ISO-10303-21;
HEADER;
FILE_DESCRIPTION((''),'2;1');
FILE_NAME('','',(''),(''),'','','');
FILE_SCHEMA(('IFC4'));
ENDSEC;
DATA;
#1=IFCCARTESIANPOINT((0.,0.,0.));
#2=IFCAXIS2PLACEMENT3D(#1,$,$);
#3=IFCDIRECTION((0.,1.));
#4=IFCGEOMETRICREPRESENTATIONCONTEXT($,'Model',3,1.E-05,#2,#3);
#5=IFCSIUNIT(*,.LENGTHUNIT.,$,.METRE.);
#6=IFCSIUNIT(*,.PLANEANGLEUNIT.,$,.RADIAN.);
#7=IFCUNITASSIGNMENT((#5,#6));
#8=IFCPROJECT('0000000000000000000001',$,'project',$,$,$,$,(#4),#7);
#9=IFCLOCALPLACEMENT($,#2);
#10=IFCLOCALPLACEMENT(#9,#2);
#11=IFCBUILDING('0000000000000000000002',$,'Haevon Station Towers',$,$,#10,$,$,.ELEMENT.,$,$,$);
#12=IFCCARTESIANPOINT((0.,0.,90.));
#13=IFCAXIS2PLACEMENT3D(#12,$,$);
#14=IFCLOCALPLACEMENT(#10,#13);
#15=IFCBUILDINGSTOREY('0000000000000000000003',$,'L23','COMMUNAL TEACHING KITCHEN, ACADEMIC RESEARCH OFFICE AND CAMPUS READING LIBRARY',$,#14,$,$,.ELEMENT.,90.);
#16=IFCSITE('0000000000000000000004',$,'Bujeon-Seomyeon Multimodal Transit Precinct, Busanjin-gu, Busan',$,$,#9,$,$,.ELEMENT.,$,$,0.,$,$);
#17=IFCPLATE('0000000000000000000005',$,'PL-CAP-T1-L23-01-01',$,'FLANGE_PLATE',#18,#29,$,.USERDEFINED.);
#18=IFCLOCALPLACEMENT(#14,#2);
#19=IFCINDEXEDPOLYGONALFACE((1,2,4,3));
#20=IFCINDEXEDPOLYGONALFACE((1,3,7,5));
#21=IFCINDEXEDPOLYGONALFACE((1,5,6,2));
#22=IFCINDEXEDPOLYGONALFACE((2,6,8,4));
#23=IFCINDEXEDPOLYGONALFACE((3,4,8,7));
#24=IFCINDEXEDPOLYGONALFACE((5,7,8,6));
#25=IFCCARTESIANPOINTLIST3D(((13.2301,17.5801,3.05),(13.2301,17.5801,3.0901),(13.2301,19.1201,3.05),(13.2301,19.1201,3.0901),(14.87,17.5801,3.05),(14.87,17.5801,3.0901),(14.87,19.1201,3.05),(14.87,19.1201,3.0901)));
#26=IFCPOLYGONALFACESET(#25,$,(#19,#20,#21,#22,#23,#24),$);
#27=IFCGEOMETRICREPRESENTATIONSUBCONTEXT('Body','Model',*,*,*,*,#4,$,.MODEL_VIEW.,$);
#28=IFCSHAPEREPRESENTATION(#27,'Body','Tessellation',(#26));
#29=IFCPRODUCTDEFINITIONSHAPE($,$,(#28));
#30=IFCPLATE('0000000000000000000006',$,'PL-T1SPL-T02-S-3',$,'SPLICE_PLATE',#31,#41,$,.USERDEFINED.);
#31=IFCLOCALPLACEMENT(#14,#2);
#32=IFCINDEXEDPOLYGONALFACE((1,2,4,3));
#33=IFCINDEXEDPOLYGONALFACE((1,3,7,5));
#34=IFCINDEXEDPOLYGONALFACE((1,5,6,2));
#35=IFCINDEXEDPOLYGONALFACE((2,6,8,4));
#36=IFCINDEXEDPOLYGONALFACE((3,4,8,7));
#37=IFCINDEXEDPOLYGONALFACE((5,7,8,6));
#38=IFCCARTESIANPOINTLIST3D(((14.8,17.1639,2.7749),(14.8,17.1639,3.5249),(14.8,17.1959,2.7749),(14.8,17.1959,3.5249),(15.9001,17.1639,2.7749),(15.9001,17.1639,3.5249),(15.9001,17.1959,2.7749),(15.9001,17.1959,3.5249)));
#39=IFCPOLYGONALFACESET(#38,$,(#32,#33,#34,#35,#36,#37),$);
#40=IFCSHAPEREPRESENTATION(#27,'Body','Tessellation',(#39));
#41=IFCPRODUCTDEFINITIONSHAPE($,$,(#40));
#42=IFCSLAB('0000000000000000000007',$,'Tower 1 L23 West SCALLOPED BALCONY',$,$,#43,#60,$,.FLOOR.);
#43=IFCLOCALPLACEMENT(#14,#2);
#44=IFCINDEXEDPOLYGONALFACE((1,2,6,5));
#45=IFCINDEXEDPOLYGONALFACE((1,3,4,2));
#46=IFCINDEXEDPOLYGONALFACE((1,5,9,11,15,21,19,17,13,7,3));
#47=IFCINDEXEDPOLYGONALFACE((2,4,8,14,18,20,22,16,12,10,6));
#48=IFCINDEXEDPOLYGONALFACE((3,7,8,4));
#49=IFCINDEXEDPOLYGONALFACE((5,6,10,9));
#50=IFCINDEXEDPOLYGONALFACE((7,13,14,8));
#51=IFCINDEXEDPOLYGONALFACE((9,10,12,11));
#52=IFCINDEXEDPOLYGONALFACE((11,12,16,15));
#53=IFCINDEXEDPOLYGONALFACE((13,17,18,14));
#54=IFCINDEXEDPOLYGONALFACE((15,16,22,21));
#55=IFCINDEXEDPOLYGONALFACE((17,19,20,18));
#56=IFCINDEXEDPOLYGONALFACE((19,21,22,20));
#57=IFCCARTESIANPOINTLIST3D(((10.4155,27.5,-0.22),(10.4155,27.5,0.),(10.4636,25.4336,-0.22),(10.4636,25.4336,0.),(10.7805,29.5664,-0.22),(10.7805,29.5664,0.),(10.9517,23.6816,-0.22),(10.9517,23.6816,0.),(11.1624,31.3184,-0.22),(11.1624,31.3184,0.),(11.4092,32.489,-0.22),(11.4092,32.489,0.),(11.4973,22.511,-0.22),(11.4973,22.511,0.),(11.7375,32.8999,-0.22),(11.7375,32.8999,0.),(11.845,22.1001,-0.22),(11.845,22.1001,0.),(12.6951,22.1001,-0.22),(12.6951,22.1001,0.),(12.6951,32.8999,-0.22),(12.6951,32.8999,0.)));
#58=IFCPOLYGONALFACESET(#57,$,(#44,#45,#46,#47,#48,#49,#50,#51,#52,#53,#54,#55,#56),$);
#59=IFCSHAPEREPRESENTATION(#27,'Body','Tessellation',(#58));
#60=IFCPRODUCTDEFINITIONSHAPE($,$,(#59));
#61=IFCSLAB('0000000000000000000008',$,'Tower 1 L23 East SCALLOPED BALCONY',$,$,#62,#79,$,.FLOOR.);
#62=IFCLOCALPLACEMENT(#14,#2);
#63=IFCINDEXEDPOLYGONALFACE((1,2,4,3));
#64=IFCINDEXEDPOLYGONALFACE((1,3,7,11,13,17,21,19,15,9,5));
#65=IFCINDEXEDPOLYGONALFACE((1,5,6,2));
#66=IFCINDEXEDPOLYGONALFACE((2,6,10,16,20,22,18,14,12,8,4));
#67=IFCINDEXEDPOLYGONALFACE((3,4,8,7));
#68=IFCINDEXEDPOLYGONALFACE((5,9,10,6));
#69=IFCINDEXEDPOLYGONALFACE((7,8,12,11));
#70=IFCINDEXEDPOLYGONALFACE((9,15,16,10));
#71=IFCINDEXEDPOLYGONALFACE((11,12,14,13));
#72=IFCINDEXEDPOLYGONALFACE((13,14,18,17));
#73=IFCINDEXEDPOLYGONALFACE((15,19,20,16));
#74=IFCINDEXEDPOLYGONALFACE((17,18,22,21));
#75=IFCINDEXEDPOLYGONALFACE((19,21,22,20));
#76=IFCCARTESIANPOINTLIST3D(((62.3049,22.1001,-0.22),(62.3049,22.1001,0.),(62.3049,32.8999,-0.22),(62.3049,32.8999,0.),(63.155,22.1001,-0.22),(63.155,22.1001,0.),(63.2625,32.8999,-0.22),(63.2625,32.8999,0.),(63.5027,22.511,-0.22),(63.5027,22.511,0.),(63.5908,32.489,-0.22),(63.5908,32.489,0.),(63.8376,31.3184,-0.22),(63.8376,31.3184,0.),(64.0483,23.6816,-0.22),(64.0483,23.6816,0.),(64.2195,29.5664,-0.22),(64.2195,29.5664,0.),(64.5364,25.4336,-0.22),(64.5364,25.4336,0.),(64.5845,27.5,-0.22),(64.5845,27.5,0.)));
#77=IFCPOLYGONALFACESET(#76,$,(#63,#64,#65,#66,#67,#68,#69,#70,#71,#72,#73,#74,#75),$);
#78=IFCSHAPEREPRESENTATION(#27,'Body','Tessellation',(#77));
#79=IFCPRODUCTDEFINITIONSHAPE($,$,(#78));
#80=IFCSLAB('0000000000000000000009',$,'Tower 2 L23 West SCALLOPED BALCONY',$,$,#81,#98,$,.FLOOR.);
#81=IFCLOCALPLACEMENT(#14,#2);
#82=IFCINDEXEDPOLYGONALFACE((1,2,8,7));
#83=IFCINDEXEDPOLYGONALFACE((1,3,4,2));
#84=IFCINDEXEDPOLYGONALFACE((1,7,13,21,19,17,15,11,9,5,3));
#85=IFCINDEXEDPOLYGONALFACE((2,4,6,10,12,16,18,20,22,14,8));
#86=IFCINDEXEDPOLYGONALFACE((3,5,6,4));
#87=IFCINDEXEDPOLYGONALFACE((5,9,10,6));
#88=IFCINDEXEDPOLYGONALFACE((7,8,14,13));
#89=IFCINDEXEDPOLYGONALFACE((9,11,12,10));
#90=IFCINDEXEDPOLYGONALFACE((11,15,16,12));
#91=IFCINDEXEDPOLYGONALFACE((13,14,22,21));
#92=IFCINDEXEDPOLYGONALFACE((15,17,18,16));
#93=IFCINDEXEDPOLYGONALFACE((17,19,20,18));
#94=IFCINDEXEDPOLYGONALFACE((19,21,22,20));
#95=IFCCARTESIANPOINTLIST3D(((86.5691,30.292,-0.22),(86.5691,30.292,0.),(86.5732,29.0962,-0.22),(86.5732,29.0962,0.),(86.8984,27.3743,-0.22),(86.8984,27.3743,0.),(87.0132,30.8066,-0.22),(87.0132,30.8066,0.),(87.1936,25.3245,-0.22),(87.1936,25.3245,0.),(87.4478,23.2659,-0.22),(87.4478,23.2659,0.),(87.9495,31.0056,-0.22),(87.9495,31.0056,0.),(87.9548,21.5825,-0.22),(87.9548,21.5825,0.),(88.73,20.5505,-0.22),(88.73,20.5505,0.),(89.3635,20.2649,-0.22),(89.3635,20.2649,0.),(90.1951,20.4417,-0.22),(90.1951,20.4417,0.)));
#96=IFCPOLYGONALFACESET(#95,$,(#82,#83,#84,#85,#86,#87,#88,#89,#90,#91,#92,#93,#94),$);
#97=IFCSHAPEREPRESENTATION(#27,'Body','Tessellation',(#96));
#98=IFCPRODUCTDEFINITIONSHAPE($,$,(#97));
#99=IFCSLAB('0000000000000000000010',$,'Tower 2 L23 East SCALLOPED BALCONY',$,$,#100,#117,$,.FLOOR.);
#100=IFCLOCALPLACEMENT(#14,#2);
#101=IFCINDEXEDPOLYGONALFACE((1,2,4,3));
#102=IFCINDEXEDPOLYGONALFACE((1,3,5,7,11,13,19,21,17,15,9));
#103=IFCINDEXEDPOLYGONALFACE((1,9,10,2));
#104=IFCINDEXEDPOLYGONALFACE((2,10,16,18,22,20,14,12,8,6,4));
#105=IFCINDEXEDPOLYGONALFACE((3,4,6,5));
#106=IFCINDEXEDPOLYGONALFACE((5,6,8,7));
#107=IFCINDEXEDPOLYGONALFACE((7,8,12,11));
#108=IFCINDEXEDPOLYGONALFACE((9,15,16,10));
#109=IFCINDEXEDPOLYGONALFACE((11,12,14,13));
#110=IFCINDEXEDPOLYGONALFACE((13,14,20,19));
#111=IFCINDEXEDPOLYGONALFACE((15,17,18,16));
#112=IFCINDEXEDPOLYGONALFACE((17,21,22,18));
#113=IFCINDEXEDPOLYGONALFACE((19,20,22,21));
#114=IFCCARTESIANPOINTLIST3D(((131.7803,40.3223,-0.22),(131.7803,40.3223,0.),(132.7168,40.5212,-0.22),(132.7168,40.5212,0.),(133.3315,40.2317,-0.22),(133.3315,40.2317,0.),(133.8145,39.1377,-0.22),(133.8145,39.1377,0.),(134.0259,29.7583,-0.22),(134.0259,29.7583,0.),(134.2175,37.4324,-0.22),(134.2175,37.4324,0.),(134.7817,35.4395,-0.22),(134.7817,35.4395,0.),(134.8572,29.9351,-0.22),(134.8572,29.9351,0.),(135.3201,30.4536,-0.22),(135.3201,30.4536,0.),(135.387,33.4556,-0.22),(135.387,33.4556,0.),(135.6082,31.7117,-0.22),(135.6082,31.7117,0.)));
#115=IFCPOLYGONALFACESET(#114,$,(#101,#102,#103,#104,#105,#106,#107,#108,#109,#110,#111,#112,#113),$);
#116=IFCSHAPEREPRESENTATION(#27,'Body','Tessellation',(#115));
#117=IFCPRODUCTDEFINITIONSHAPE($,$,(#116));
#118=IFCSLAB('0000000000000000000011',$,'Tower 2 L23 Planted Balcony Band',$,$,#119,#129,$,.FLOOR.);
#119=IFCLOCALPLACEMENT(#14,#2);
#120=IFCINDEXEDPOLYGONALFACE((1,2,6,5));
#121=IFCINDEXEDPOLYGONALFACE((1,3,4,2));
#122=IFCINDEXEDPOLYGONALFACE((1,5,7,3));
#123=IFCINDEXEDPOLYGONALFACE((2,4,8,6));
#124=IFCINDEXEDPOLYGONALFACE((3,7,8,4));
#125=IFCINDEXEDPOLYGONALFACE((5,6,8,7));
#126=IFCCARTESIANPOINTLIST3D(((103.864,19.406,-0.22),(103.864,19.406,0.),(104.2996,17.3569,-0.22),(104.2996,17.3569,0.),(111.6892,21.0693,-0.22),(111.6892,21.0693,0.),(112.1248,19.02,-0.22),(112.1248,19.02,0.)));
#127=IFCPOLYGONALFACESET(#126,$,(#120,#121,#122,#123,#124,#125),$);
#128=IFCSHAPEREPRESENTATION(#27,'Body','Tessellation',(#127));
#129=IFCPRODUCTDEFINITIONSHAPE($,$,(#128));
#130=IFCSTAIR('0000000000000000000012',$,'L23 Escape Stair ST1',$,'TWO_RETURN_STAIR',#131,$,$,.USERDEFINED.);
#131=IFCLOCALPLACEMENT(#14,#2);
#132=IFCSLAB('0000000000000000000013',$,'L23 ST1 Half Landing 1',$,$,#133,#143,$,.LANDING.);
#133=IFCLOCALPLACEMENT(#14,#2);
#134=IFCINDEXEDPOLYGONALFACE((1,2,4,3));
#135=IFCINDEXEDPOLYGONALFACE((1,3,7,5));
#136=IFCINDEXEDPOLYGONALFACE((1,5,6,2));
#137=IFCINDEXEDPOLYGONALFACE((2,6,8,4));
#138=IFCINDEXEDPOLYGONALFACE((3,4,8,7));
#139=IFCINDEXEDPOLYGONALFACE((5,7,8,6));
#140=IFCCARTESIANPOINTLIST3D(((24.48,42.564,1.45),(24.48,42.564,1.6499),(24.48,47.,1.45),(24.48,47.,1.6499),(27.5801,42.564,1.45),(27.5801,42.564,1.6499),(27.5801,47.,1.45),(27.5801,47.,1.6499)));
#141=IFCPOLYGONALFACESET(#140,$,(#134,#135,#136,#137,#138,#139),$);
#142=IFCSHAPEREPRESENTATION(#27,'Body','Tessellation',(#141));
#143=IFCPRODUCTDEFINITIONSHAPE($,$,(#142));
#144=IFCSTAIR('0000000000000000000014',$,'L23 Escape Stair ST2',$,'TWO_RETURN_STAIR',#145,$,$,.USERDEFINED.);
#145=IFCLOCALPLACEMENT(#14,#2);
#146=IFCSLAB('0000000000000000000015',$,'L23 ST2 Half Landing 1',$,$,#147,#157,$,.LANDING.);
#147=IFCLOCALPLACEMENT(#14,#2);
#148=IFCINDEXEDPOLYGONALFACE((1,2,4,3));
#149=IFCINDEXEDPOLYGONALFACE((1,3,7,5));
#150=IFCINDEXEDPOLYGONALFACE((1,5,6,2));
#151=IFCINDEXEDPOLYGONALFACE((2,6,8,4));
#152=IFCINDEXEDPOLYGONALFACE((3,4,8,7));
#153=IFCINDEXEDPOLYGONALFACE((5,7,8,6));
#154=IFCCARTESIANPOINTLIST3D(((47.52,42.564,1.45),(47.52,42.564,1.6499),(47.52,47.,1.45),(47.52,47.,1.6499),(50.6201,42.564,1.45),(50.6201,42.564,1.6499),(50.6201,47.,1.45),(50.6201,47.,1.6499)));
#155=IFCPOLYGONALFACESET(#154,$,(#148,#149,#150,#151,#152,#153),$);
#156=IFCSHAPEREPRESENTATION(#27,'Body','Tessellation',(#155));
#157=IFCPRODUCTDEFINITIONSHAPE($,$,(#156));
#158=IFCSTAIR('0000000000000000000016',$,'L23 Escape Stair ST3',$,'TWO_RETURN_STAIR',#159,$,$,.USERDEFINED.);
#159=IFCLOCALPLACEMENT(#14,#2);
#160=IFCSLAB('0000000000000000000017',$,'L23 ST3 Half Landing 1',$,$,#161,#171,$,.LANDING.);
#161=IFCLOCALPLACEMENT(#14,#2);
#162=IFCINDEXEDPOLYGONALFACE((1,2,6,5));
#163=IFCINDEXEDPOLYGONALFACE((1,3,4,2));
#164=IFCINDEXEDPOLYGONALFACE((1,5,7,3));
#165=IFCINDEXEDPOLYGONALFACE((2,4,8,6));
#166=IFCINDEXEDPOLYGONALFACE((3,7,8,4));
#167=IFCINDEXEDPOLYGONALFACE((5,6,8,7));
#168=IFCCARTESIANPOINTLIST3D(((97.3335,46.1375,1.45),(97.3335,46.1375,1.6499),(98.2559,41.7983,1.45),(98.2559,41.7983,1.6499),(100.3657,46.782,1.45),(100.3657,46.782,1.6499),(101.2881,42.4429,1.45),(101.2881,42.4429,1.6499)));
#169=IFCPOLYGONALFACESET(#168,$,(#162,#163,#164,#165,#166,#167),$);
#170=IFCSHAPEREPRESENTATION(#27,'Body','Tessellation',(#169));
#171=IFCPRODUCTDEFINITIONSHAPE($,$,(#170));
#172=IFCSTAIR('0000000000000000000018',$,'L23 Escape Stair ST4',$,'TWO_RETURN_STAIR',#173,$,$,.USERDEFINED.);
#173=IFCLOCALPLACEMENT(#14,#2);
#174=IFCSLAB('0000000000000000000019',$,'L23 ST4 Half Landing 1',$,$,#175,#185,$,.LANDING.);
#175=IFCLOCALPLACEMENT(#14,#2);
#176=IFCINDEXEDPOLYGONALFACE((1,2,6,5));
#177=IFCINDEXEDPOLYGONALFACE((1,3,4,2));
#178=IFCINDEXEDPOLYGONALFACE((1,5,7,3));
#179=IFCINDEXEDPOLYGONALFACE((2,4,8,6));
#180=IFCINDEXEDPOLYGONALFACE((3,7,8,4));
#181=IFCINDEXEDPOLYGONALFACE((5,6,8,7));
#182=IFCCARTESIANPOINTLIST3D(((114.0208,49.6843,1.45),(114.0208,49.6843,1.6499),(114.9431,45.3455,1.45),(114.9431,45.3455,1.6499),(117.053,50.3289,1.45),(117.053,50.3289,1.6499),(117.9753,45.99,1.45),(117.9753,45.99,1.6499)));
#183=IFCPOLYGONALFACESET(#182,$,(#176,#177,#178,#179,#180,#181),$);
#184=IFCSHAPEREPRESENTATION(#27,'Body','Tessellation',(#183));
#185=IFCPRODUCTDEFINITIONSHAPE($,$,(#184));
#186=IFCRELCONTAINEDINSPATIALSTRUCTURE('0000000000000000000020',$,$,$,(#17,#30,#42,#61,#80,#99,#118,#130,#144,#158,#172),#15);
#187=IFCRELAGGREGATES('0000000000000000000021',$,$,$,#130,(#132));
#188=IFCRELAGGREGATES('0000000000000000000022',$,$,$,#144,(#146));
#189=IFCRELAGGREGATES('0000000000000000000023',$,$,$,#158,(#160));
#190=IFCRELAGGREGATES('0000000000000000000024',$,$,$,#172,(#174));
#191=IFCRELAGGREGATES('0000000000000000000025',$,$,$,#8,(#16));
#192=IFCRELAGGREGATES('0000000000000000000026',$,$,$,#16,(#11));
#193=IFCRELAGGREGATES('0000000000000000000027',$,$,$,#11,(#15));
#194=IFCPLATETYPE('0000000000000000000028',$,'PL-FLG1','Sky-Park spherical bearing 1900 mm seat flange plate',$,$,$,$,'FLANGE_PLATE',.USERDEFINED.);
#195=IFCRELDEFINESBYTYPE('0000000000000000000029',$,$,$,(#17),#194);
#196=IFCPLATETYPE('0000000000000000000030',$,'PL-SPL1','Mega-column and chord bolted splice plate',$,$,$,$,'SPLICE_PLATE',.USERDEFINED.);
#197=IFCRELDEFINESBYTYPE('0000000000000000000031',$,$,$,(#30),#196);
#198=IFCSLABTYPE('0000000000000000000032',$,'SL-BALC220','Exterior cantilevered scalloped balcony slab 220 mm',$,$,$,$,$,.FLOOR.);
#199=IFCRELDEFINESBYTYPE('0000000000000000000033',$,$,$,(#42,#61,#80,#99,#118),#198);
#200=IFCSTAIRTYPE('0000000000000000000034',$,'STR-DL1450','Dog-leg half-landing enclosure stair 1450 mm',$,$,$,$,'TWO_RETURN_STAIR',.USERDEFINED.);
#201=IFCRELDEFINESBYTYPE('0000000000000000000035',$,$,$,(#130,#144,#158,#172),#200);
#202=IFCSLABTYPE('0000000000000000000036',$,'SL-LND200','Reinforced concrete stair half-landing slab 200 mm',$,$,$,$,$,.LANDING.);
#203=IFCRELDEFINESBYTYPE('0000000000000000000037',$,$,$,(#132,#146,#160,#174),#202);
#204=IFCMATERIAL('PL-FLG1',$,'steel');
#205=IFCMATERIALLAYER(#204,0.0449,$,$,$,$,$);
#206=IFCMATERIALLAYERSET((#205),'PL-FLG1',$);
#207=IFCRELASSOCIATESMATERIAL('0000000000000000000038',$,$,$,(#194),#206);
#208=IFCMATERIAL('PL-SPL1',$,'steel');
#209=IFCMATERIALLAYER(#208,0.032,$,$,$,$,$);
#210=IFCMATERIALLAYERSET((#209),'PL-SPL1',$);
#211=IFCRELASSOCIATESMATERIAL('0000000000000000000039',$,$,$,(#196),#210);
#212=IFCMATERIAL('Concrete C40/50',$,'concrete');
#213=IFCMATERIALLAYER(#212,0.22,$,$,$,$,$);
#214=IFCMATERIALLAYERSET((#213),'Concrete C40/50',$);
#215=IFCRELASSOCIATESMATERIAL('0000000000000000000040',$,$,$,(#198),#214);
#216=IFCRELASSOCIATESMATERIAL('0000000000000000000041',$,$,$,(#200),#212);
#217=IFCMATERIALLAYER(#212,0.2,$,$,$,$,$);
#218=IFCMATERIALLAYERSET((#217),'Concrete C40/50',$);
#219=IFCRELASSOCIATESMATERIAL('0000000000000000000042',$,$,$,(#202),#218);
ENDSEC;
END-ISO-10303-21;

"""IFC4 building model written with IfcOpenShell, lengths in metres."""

from ifc_helpers import new_model, si_unit, direction, frame, origin, origin_2d, place, context, subcontext, project, spatial, polyline, rectangle, outline, extrude, material, layer, layer_set, type_object, element, aggregate, save


model = new_model("IFC4")

# Units and contexts
model_context = context("Model", 3, precision=1e-05, world=origin(), true_north=direction((0.0, 1.0)))
body_context = subcontext(model_context, "Body", "Model", "MODEL_VIEW")
ifc_project = project(units=[si_unit("LENGTHUNIT", "METRE"), si_unit("PLANEANGLEUNIT", "RADIAN")], contexts=[model_context])

# Site, building, storey
site_placement = place(None, origin())
site = spatial("IfcSite", under=ifc_project, at=site_placement, Name="Bujeon-Seomyeon Multimodal Transit Precinct, Busanjin-gu, Busan", CompositionType="ELEMENT", RefElevation=0.0)
building_placement = place(site_placement, origin())
building = spatial("IfcBuilding", under=site, at=building_placement, Name="Haevon Station Towers", CompositionType="ELEMENT")
storey_placement = place(building_placement, frame((0.0, 0.0, 90.0)))
storey = spatial("IfcBuildingStorey", under=building, at=storey_placement, Name="L23", Description="COMMUNAL TEACHING KITCHEN, ACADEMIC RESEARCH OFFICE AND CAMPUS READING LIBRARY", CompositionType="ELEMENT", Elevation=90.0)

# Plates
ifc_material_1 = material(Name="PL-FLG1", Category="steel")
ifc_layer_1 = layer(ifc_material_1, 0.0449)
ifc_layer_set_1 = layer_set([ifc_layer_1], Name="PL-FLG1")
plate_type_1 = type_object("IfcPlateType", Name="PL-FLG1", Description="Sky-Park spherical bearing 1900 mm seat flange plate", ElementType="FLANGE_PLATE", PredefinedType="USERDEFINED", material=ifc_layer_set_1)
plate_1_placement = place(storey_placement, frame((14.05, 18.3501, 3.05), z_axis=(0.0, 0.0, 1.0), x_axis=(1.0, 0.0, 0.0)))
element("IfcPlate", 1, at=plate_1_placement, inside=storey, type_object=plate_type_1, Name="PL-CAP-T1-L23-01-01", ObjectType="FLANGE_PLATE", PredefinedType="USERDEFINED", context=body_context, shape_type="SweptSolid", body=[
    extrude(rectangle(XDim=1.6399, YDim=1.54, at=origin_2d()), origin(), (0.0, 0.0, 1.0), 0.04),
])
ifc_material_2 = material(Name="PL-SPL1", Category="steel")
ifc_layer_2 = layer(ifc_material_2, 0.032)
ifc_layer_set_2 = layer_set([ifc_layer_2], Name="PL-SPL1")
plate_type_2 = type_object("IfcPlateType", Name="PL-SPL1", Description="Mega-column and chord bolted splice plate", ElementType="SPLICE_PLATE", PredefinedType="USERDEFINED", material=ifc_layer_set_2)
plate_2_placement = place(storey_placement, frame((15.3501, 17.1799, 2.7749), z_axis=(0.0, 0.0, 1.0), x_axis=(1.0, 0.0, 0.0)))
element("IfcPlate", 2, at=plate_2_placement, inside=storey, type_object=plate_type_2, Name="PL-T1SPL-T02-S-3", ObjectType="SPLICE_PLATE", PredefinedType="USERDEFINED", context=body_context, shape_type="SweptSolid", body=[
    extrude(rectangle(XDim=1.1001, YDim=0.032, at=origin_2d()), origin(), (0.0, 0.0, 1.0), 0.75),
])

# Slabs
ifc_material_3 = material(Name="Concrete C40/50", Category="concrete")
ifc_layer_3 = layer(ifc_material_3, 0.22)
ifc_layer_set_3 = layer_set([ifc_layer_3], Name="Concrete C40/50")
slab_type_1 = type_object("IfcSlabType", Name="SL-BALC220", Description="Exterior cantilevered scalloped balcony slab 220 mm", PredefinedType="FLOOR", material=ifc_layer_set_3)
slab_1_placement = place(storey_placement, frame((0.0, 0.0, -0.22)))
element("IfcSlab", 3, at=slab_1_placement, inside=storey, type_object=slab_type_1, Name="Tower 1 L23 West SCALLOPED BALCONY", PredefinedType="FLOOR", context=body_context, shape_type="SweptSolid", body=[
    extrude(outline(polyline([(12.6951, 32.8999), (11.7375, 32.8999), (11.4092, 32.489), (11.1624, 31.3184), (10.7805, 29.5664), (10.4155, 27.5), (10.4636, 25.4336), (10.9517, 23.6816), (11.4973, 22.511), (11.845, 22.1001), (12.6951, 22.1001), (12.6951, 32.8999)])), origin(), (0.0, 0.0, 1.0), 0.22),
])
slab_2_placement = place(storey_placement, frame((0.0, 0.0, -0.22)))
element("IfcSlab", 4, at=slab_2_placement, inside=storey, type_object=slab_type_1, Name="Tower 1 L23 East SCALLOPED BALCONY", PredefinedType="FLOOR", context=body_context, shape_type="SweptSolid", body=[
    extrude(outline(polyline([(62.3049, 22.1001), (63.155, 22.1001), (63.5027, 22.511), (64.0483, 23.6816), (64.5364, 25.4336), (64.5845, 27.5), (64.2195, 29.5664), (63.8376, 31.3184), (63.5908, 32.489), (63.2625, 32.8999), (62.3049, 32.8999), (62.3049, 22.1001)])), origin(), (0.0, 0.0, 1.0), 0.22),
])
slab_3_placement = place(storey_placement, frame((0.0, 0.0, -0.22)))
element("IfcSlab", 5, at=slab_3_placement, inside=storey, type_object=slab_type_1, Name="Tower 2 L23 West SCALLOPED BALCONY", PredefinedType="FLOOR", context=body_context, shape_type="SweptSolid", body=[
    extrude(outline(polyline([(87.9495, 31.0056), (87.0132, 30.8066), (86.5691, 30.292), (86.5732, 29.0962), (86.8984, 27.3743), (87.1936, 25.3245), (87.4478, 23.2659), (87.9548, 21.5825), (88.73, 20.5505), (89.3635, 20.2649), (90.1951, 20.4417), (87.9495, 31.0056)])), origin(), (0.0, 0.0, 1.0), 0.22),
])
slab_4_placement = place(storey_placement, frame((0.0, 0.0, -0.22)))
element("IfcSlab", 6, at=slab_4_placement, inside=storey, type_object=slab_type_1, Name="Tower 2 L23 East SCALLOPED BALCONY", PredefinedType="FLOOR", context=body_context, shape_type="SweptSolid", body=[
    extrude(outline(polyline([(134.0259, 29.7583), (134.8572, 29.9351), (135.3201, 30.4536), (135.6082, 31.7117), (135.387, 33.4556), (134.7817, 35.4395), (134.2175, 37.4324), (133.8145, 39.1377), (133.3315, 40.2317), (132.7168, 40.5212), (131.7803, 40.3223), (134.0259, 29.7583)])), origin(), (0.0, 0.0, 1.0), 0.22),
])
slab_5_placement = place(storey_placement, frame((0.0, 0.0, -0.22)))
element("IfcSlab", 7, at=slab_5_placement, inside=storey, type_object=slab_type_1, Name="Tower 2 L23 Planted Balcony Band", PredefinedType="FLOOR", context=body_context, shape_type="SweptSolid", body=[
    extrude(outline(polyline([(104.2996, 17.3569), (112.1248, 19.02), (111.6892, 21.0693), (103.864, 19.406), (104.2996, 17.3569)])), origin(), (0.0, 0.0, 1.0), 0.22),
])

# Stairs, slabs
stair_type = type_object("IfcStairType", Name="STR-DL1450", Description="Dog-leg half-landing enclosure stair 1450 mm", ElementType="TWO_RETURN_STAIR", PredefinedType="USERDEFINED", material=ifc_material_3)
stair_1_placement = place(storey_placement, origin())
stair_1 = element("IfcStair", 8, at=stair_1_placement, inside=storey, type_object=stair_type, Name="L23 Escape Stair ST1", ObjectType="TWO_RETURN_STAIR", PredefinedType="USERDEFINED")
ifc_layer_4 = layer(ifc_material_3, 0.2)
ifc_layer_set_4 = layer_set([ifc_layer_4], Name="Concrete C40/50")
slab_type_2 = type_object("IfcSlabType", Name="SL-LND200", Description="Reinforced concrete stair half-landing slab 200 mm", PredefinedType="LANDING", material=ifc_layer_set_4)
slab_6_placement = place(storey_placement, frame((0.0, 0.0, 1.45)))
slab_6 = element("IfcSlab", 9, at=slab_6_placement, type_object=slab_type_2, Name="L23 ST1 Half Landing 1", PredefinedType="LANDING", context=body_context, shape_type="SweptSolid", body=[
    extrude(outline(polyline([(27.5801, 42.564), (27.5801, 47.0), (24.48, 47.0), (24.48, 42.564), (27.5801, 42.564)])), origin(), (0.0, 0.0, 1.0), 0.2),
])
aggregate(stair_1, [slab_6])
stair_2_placement = place(storey_placement, origin())
stair_2 = element("IfcStair", 10, at=stair_2_placement, inside=storey, type_object=stair_type, Name="L23 Escape Stair ST2", ObjectType="TWO_RETURN_STAIR", PredefinedType="USERDEFINED")
slab_7_placement = place(storey_placement, frame((0.0, 0.0, 1.45)))
slab_7 = element("IfcSlab", 11, at=slab_7_placement, type_object=slab_type_2, Name="L23 ST2 Half Landing 1", PredefinedType="LANDING", context=body_context, shape_type="SweptSolid", body=[
    extrude(outline(polyline([(50.6201, 42.564), (50.6201, 47.0), (47.52, 47.0), (47.52, 42.564), (50.6201, 42.564)])), origin(), (0.0, 0.0, 1.0), 0.2),
])
aggregate(stair_2, [slab_7])
stair_3_placement = place(storey_placement, origin())
stair_3 = element("IfcStair", 12, at=stair_3_placement, inside=storey, type_object=stair_type, Name="L23 Escape Stair ST3", ObjectType="TWO_RETURN_STAIR", PredefinedType="USERDEFINED")
slab_8_placement = place(storey_placement, frame((0.0, 0.0, 1.45)))
slab_8 = element("IfcSlab", 13, at=slab_8_placement, type_object=slab_type_2, Name="L23 ST3 Half Landing 1", PredefinedType="LANDING", context=body_context, shape_type="SweptSolid", body=[
    extrude(outline(polyline([(101.2881, 42.4429), (100.3657, 46.782), (97.3335, 46.1375), (98.2559, 41.7983), (101.2881, 42.4429)])), origin(), (0.0, 0.0, 1.0), 0.2),
])
aggregate(stair_3, [slab_8])
stair_4_placement = place(storey_placement, origin())
stair_4 = element("IfcStair", 14, at=stair_4_placement, inside=storey, type_object=stair_type, Name="L23 Escape Stair ST4", ObjectType="TWO_RETURN_STAIR", PredefinedType="USERDEFINED")
slab_9_placement = place(storey_placement, frame((0.0, 0.0, 1.45)))
slab_9 = element("IfcSlab", 15, at=slab_9_placement, type_object=slab_type_2, Name="L23 ST4 Half Landing 1", PredefinedType="LANDING", context=body_context, shape_type="SweptSolid", body=[
    extrude(outline(polyline([(117.9753, 45.99), (117.053, 50.3289), (114.0208, 49.6843), (114.9431, 45.3455), (117.9753, 45.99)])), origin(), (0.0, 0.0, 1.0), 0.2),
])
aggregate(stair_4, [slab_9])

save(model, "model.ifc")
